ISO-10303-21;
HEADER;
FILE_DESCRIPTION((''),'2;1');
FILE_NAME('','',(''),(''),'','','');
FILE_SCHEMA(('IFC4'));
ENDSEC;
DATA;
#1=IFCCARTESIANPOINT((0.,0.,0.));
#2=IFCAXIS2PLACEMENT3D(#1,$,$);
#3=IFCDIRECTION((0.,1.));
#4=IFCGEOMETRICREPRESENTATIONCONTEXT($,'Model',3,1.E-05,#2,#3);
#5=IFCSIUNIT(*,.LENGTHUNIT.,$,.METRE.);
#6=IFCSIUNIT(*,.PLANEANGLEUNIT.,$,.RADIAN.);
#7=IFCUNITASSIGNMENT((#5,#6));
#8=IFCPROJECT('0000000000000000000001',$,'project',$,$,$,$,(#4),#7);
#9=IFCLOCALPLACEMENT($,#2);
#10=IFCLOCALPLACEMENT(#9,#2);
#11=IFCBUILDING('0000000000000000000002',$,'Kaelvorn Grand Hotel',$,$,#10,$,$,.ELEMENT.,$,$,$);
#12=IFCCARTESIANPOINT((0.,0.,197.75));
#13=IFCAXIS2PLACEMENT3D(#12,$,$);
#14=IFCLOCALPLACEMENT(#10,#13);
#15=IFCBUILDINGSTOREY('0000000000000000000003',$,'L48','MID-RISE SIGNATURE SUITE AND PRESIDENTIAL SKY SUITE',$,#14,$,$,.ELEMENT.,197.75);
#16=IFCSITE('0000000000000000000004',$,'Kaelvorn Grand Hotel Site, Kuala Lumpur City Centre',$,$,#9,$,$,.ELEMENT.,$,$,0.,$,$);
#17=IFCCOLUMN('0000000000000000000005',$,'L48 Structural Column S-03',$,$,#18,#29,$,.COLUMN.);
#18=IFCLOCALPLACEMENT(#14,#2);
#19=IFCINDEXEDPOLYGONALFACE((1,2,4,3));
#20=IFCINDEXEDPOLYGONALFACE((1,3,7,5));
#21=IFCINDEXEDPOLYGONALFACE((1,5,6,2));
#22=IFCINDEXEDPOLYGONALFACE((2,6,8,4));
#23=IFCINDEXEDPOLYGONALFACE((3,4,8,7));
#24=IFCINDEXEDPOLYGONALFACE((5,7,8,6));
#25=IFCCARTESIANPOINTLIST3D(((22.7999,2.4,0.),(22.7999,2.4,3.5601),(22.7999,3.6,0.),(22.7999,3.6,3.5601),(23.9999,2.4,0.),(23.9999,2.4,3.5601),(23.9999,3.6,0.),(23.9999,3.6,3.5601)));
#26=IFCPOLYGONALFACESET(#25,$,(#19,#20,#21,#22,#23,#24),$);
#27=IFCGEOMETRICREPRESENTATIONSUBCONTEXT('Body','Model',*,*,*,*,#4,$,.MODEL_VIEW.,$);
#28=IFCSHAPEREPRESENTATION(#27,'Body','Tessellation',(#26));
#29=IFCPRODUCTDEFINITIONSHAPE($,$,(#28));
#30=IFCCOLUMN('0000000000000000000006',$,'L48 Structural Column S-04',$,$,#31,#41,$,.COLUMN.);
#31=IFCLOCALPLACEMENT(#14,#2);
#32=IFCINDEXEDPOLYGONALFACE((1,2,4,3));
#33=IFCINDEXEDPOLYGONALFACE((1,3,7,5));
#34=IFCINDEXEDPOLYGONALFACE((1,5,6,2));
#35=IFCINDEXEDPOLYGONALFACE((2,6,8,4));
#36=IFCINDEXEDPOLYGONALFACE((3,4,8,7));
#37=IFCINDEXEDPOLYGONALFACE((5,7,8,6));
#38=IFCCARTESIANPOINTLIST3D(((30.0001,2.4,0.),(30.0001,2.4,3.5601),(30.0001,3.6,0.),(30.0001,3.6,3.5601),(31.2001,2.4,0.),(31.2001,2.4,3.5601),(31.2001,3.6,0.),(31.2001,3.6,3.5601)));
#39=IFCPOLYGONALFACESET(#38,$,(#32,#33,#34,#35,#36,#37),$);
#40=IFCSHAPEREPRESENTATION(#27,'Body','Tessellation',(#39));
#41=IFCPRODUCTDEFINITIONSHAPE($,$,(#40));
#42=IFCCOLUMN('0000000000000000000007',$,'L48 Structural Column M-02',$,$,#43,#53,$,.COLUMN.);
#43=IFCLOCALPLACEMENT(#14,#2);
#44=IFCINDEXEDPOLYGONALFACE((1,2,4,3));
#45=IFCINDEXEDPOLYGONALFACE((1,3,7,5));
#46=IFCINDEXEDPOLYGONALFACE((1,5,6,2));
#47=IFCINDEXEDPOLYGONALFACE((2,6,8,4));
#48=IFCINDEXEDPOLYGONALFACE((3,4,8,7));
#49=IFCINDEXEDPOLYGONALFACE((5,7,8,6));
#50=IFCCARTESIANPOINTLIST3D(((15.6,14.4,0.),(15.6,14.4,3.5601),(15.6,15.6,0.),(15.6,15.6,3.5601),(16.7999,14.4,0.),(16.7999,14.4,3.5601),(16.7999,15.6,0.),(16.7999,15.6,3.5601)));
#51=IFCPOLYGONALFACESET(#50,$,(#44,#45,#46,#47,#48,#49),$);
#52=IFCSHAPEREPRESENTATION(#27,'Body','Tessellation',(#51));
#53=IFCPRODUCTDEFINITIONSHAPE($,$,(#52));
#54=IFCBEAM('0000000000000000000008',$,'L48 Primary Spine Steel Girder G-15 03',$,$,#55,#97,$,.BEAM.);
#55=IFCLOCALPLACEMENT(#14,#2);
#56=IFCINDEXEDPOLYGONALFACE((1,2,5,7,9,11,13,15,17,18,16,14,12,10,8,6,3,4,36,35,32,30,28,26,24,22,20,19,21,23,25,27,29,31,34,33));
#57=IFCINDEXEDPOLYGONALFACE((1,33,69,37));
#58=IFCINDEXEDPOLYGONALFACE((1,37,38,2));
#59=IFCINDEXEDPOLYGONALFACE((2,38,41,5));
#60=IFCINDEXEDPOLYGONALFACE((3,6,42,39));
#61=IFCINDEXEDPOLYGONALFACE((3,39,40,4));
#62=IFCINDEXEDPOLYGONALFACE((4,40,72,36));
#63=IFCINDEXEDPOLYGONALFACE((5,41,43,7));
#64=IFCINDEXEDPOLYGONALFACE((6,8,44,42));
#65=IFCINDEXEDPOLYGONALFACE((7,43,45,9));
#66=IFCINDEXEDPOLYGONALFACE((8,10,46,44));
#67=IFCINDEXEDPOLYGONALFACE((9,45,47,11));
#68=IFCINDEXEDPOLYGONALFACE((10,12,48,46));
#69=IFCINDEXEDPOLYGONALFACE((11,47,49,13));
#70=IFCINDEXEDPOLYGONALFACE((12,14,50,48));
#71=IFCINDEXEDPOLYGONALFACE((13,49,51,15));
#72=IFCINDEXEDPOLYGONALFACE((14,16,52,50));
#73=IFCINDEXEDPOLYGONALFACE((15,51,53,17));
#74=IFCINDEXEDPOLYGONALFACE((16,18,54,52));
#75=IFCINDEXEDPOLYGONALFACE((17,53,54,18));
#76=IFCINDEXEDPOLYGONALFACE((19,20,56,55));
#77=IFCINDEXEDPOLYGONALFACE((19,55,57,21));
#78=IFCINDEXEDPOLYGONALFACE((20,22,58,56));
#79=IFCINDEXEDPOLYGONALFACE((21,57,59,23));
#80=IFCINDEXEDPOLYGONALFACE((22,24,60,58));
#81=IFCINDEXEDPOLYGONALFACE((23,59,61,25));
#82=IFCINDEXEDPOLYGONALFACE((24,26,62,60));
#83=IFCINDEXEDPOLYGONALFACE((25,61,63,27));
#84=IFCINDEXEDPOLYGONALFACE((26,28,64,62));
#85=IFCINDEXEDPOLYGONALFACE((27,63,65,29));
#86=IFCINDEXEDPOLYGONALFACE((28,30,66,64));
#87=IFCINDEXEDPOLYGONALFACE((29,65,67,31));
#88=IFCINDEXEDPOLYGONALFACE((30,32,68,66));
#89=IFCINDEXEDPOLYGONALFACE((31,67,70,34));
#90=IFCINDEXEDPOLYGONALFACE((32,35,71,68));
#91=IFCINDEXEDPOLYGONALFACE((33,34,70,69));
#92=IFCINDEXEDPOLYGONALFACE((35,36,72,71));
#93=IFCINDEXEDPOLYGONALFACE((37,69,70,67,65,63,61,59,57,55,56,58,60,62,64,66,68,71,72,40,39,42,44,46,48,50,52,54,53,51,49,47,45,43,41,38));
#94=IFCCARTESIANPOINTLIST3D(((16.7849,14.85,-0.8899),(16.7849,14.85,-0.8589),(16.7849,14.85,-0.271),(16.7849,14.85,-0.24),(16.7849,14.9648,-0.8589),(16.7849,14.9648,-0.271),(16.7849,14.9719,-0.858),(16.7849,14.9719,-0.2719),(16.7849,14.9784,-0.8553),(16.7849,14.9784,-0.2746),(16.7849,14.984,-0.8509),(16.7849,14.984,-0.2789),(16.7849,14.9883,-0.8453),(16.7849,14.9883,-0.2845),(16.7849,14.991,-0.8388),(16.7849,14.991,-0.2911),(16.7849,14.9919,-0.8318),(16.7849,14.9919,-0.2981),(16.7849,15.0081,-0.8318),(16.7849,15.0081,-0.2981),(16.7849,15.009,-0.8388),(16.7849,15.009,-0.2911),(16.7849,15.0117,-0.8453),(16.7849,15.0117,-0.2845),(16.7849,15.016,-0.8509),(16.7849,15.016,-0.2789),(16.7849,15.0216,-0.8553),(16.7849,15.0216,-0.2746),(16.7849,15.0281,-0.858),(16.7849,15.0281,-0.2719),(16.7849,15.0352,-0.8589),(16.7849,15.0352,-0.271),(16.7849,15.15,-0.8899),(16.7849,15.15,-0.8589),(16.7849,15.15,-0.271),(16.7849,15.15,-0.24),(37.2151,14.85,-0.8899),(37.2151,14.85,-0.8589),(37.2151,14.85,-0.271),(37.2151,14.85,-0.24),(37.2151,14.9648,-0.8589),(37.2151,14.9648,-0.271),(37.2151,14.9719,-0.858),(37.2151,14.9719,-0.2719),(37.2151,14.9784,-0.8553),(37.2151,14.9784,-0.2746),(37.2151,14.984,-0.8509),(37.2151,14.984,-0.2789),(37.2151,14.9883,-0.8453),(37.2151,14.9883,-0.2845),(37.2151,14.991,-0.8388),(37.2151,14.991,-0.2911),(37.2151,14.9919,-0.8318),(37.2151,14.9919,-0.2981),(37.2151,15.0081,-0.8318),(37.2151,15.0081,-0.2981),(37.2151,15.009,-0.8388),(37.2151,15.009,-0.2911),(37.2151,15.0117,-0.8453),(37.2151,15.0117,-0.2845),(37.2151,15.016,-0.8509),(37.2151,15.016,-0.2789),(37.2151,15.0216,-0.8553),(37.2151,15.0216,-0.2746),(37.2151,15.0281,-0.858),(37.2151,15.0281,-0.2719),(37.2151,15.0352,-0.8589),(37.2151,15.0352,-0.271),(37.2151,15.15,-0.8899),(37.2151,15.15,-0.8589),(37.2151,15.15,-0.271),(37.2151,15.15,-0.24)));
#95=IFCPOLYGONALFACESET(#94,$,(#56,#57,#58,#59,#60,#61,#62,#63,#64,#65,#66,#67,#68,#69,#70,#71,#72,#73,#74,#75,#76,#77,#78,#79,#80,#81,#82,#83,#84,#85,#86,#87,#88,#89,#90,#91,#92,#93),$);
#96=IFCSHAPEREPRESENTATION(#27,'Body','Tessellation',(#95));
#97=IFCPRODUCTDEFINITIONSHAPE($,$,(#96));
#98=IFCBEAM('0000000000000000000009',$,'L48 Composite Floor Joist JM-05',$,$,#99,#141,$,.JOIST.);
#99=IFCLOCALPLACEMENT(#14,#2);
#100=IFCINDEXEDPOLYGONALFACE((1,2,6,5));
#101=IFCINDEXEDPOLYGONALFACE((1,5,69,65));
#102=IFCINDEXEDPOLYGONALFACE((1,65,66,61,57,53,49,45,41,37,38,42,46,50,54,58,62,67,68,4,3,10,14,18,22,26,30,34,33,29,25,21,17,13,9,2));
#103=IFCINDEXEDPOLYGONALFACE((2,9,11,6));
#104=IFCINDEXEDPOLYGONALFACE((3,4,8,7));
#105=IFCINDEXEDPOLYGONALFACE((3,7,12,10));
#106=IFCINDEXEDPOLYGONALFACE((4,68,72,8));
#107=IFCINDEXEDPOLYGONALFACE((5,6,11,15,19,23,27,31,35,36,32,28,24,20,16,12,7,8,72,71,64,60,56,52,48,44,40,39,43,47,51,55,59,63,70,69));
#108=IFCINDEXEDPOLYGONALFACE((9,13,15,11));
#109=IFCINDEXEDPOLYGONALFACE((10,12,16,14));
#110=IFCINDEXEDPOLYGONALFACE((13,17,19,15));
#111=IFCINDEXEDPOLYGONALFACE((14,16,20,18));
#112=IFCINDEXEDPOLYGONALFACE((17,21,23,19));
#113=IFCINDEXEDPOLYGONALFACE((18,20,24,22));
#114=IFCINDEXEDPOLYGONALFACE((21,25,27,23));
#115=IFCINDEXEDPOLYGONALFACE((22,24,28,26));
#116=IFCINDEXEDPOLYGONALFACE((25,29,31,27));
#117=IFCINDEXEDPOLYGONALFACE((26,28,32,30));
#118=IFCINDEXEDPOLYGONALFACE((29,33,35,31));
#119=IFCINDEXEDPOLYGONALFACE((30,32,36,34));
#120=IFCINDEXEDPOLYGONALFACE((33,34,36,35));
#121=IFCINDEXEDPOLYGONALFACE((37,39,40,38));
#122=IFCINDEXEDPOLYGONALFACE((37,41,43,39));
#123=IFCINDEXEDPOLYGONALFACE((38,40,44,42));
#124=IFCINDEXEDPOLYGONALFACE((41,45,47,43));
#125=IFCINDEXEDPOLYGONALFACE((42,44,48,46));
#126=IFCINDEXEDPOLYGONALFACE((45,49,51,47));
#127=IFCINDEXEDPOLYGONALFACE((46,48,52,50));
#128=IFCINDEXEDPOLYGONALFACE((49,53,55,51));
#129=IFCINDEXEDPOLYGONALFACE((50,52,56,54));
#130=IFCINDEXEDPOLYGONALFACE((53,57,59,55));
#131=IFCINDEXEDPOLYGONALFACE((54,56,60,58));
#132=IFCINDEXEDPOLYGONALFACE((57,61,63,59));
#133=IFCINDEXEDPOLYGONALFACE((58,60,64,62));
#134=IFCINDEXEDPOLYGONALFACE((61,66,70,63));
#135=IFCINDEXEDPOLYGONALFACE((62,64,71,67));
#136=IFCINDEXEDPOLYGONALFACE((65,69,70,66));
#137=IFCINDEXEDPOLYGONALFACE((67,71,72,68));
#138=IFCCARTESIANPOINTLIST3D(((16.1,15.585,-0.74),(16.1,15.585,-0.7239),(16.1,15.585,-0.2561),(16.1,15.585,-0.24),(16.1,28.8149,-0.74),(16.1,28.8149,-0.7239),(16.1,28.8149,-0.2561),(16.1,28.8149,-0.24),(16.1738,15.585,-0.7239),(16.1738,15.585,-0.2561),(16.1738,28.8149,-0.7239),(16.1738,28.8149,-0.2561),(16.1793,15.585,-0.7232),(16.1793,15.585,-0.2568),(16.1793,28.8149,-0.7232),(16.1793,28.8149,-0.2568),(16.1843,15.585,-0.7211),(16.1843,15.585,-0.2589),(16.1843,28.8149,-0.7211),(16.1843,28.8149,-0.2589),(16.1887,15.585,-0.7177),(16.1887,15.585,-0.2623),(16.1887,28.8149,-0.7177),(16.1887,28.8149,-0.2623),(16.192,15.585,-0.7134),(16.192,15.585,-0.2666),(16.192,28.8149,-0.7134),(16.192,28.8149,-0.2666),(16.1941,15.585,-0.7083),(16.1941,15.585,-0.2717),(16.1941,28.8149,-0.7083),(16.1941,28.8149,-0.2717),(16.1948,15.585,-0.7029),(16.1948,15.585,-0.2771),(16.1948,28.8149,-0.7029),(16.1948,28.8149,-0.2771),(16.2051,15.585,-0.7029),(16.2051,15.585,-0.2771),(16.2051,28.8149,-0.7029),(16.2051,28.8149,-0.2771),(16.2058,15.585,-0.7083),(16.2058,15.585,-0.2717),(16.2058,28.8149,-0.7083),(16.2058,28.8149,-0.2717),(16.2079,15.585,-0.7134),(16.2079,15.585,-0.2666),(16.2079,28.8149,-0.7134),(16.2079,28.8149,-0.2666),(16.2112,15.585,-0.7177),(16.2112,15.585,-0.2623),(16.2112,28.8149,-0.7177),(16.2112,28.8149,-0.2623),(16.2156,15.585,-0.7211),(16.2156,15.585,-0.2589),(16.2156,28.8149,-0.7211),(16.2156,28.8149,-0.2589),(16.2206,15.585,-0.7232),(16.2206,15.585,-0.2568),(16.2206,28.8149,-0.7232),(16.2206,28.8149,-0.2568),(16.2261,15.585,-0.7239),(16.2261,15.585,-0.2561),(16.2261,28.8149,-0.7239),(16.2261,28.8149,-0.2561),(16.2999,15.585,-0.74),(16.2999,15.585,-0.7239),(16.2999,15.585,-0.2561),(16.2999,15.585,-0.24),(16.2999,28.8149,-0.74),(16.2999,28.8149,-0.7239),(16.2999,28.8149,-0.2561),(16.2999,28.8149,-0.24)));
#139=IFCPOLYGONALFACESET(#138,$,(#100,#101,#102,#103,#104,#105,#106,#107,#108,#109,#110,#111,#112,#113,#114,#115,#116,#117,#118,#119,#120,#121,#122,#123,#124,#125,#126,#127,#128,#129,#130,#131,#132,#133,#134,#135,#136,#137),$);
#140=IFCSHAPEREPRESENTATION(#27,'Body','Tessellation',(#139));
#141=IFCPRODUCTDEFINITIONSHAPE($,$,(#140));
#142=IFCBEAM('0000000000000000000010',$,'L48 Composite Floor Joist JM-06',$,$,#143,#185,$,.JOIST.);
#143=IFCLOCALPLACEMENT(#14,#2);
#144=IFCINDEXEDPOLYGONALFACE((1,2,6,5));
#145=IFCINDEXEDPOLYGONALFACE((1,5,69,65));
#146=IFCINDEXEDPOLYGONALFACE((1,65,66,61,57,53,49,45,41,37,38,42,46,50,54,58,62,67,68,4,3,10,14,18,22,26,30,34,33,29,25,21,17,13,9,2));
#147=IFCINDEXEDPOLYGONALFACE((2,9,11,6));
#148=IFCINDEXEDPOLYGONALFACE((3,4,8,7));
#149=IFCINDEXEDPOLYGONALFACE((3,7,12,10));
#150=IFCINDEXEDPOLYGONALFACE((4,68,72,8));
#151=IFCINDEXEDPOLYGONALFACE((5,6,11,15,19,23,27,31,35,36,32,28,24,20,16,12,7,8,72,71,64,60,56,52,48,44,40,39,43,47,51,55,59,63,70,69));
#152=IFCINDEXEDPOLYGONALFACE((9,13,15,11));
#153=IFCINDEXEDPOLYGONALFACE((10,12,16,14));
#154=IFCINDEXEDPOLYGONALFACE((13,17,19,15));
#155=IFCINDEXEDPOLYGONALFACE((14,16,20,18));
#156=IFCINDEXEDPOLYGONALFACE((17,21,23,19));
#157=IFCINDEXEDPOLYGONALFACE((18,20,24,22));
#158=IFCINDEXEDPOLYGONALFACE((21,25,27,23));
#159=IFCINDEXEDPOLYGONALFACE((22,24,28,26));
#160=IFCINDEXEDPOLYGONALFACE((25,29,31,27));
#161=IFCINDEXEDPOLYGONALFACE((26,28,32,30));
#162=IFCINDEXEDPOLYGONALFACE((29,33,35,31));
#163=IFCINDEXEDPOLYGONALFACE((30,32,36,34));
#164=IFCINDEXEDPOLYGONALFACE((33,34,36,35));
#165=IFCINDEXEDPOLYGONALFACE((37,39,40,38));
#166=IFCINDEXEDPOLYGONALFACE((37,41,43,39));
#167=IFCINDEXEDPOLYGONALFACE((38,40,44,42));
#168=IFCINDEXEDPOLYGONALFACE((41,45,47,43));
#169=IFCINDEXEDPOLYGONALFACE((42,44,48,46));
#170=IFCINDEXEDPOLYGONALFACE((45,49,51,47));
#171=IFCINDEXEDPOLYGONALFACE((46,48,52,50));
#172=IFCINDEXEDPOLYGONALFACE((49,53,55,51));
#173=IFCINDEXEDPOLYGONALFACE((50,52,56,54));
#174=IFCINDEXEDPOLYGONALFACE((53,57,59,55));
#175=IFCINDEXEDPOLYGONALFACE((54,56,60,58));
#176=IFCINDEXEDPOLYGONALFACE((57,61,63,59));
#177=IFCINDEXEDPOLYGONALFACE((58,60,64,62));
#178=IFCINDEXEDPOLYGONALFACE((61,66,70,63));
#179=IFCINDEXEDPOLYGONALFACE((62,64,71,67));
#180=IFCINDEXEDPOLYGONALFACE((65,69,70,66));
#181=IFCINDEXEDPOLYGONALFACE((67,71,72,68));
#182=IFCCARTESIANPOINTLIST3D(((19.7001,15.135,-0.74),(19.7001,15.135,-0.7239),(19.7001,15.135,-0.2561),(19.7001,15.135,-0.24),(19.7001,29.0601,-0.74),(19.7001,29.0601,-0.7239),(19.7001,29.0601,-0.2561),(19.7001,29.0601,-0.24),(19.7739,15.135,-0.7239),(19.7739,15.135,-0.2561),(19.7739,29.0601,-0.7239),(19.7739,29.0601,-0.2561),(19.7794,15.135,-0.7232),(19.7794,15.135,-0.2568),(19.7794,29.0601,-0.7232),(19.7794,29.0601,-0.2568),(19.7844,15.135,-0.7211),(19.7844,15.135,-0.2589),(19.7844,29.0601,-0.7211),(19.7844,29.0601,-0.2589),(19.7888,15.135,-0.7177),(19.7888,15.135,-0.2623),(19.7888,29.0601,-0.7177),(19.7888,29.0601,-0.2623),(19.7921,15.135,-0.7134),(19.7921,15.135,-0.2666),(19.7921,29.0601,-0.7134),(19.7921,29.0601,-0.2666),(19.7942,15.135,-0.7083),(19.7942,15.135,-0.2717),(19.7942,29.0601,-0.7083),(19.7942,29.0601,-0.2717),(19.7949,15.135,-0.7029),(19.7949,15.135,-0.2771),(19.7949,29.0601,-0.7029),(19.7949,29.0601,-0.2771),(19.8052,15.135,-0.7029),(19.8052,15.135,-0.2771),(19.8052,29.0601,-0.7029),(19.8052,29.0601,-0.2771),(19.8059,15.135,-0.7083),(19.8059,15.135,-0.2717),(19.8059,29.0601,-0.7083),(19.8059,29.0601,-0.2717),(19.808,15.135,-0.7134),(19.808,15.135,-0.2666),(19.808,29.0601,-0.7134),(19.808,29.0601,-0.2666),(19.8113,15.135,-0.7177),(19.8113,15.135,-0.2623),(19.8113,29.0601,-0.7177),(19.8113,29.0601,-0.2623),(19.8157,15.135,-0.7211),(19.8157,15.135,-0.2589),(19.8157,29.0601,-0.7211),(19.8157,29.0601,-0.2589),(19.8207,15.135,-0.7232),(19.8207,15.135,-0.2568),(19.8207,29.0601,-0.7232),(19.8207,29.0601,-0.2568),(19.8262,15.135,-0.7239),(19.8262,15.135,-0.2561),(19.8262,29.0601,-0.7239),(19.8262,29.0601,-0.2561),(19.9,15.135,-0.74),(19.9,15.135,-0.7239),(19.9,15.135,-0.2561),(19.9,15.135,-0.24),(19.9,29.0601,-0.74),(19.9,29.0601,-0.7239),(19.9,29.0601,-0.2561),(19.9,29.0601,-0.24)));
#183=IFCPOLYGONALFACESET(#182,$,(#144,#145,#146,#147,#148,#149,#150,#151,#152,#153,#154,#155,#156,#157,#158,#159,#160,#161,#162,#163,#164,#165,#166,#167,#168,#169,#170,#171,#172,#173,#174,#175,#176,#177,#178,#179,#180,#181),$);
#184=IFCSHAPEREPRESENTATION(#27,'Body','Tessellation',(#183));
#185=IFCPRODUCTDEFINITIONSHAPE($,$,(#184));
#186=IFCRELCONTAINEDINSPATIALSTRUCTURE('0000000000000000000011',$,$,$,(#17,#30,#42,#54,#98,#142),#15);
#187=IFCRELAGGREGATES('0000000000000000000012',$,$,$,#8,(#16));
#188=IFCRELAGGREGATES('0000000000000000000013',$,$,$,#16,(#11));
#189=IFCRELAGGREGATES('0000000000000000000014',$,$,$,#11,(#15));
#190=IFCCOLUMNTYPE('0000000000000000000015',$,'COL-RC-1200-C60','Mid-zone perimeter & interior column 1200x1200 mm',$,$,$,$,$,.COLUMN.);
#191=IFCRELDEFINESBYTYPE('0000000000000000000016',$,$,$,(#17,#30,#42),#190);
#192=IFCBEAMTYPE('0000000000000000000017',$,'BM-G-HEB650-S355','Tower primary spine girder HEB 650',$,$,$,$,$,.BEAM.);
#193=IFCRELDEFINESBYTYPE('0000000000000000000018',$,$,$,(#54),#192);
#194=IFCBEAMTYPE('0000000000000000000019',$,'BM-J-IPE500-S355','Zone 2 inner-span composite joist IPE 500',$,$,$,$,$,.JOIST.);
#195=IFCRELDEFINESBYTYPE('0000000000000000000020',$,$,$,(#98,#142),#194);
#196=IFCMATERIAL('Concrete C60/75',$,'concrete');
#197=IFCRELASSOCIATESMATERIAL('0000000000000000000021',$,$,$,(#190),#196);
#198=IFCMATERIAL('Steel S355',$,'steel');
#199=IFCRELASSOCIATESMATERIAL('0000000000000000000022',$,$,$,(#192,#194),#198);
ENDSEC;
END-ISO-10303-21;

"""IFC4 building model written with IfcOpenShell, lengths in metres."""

from ifc_helpers import new_model, si_unit, direction, frame, origin, origin_2d, place, context, subcontext, project, spatial, rectangle, i_section, extrude, material, material_profile, profile_set, type_object, element, save


model = new_model("IFC4")

# Units and contexts
model_context = context("Model", 3, precision=1e-05, world=origin(), true_north=direction((0.0, 1.0)))
body_context = subcontext(model_context, "Body", "Model", "MODEL_VIEW")
ifc_project = project(units=[si_unit("LENGTHUNIT", "METRE"), si_unit("PLANEANGLEUNIT", "RADIAN")], contexts=[model_context])

# Site, building, storey
site_placement = place(None, origin())
site = spatial("IfcSite", under=ifc_project, at=site_placement, Name="Kaelvorn Grand Hotel Site, Kuala Lumpur City Centre", CompositionType="ELEMENT", RefElevation=0.0)
building_placement = place(site_placement, origin())
building = spatial("IfcBuilding", under=site, at=building_placement, Name="Kaelvorn Grand Hotel", CompositionType="ELEMENT")
storey_placement = place(building_placement, frame((0.0, 0.0, 197.75)))
storey = spatial("IfcBuildingStorey", under=building, at=storey_placement, Name="L48", Description="MID-RISE SIGNATURE SUITE AND PRESIDENTIAL SKY SUITE", CompositionType="ELEMENT", Elevation=197.75)

# Columns
ifc_material_1 = material(Name="Concrete C60/75", Category="concrete")
ifc_material_profile_1 = material_profile(ifc_material_1, rectangle(XDim=1.2, YDim=1.2, at=origin_2d()), Name="RC COL 1200x1200")
ifc_profile_set_1 = profile_set([ifc_material_profile_1], Name="Concrete C60/75")
column_type = type_object("IfcColumnType", Name="COL-RC-1200-C60", Description="Mid-zone perimeter & interior column 1200x1200 mm", PredefinedType="COLUMN", material=ifc_profile_set_1)
for number, where, z_axis, x_axis, name in (
    (1, (23.3999, 3.0, 0.0), (0.0, 0.0, 1.0), (1.0, 0.0, 0.0), "L48 Structural Column S-03"),
    (2, (30.6001, 3.0, 0.0), (0.0, 0.0, 1.0), (1.0, 0.0, 0.0), "L48 Structural Column S-04"),
    (3, (16.2, 15.0, 0.0), (0.0, 0.0, 1.0), (1.0, 0.0, 0.0), "L48 Structural Column M-02"),
):
    element("IfcColumn", number, at=place(storey_placement, frame(where, z_axis=z_axis, x_axis=x_axis)), inside=storey, type_object=column_type, Name=name, PredefinedType="COLUMN", context=body_context, shape_type="SweptSolid", body=[
        extrude(rectangle(XDim=1.2, YDim=1.2, at=origin_2d()), origin(), (0.0, 0.0, 1.0), 3.5601),
    ])

# Beams
ifc_material_2 = material(Name="Steel S355", Category="steel")
ifc_material_profile_2 = material_profile(ifc_material_2, i_section(OverallWidth=0.3, OverallDepth=0.6499, WebThickness=0.0161, FlangeThickness=0.031, FilletRadius=0.0271, at=origin_2d()), Name="HEB 650")
ifc_profile_set_2 = profile_set([ifc_material_profile_2], Name="Steel S355")
beam_type_1 = type_object("IfcBeamType", Name="BM-G-HEB650-S355", Description="Tower primary spine girder HEB 650", PredefinedType="BEAM", material=ifc_profile_set_2)
beam_1_placement = place(storey_placement, frame((16.7849, 15.0, -0.5649), z_axis=(1.0, 0.0, 0.0), x_axis=(0.0, 1.0, 0.0)))
element("IfcBeam", 4, at=beam_1_placement, inside=storey, type_object=beam_type_1, Name="L48 Primary Spine Steel Girder G-15 03", PredefinedType="BEAM", context=body_context, shape_type="SweptSolid", body=[
    extrude(i_section(OverallWidth=0.3, OverallDepth=0.6499, WebThickness=0.0161, FlangeThickness=0.031, FilletRadius=0.0271, at=origin_2d()), origin(), (0.0, 0.0, 1.0), 20.4302),
])
ifc_material_profile_3 = material_profile(ifc_material_2, i_section(OverallWidth=0.2, OverallDepth=0.5, WebThickness=0.0103, FlangeThickness=0.0161, FilletRadius=0.021, at=origin_2d()), Name="IPE 500")
ifc_profile_set_3 = profile_set([ifc_material_profile_3], Name="Steel S355")
beam_type_2 = type_object("IfcBeamType", Name="BM-J-IPE500-S355", Description="Zone 2 inner-span composite joist IPE 500", PredefinedType="JOIST", material=ifc_profile_set_3)
beam_2_placement = place(storey_placement, frame((16.2, 15.585, -0.49), z_axis=(0.0, 1.0, 0.0), x_axis=(-1.0, 0.0, 0.0)))
element("IfcBeam", 5, at=beam_2_placement, inside=storey, type_object=beam_type_2, Name="L48 Composite Floor Joist JM-05", PredefinedType="JOIST", context=body_context, shape_type="SweptSolid", body=[
    extrude(i_section(OverallWidth=0.2, OverallDepth=0.5, WebThickness=0.0103, FlangeThickness=0.0161, FilletRadius=0.021, at=origin_2d()), origin(), (0.0, 0.0, 1.0), 13.23),
])
beam_3_placement = place(storey_placement, frame((19.8, 15.135, -0.49), z_axis=(0.0, 1.0, 0.0), x_axis=(-1.0, 0.0, 0.0)))
element("IfcBeam", 6, at=beam_3_placement, inside=storey, type_object=beam_type_2, Name="L48 Composite Floor Joist JM-06", PredefinedType="JOIST", context=body_context, shape_type="SweptSolid", body=[
    extrude(i_section(OverallWidth=0.2, OverallDepth=0.5, WebThickness=0.0103, FlangeThickness=0.0161, FilletRadius=0.021, at=origin_2d()), origin(), (0.0, 0.0, 1.0), 13.925),
])

save(model, "model.ifc")
